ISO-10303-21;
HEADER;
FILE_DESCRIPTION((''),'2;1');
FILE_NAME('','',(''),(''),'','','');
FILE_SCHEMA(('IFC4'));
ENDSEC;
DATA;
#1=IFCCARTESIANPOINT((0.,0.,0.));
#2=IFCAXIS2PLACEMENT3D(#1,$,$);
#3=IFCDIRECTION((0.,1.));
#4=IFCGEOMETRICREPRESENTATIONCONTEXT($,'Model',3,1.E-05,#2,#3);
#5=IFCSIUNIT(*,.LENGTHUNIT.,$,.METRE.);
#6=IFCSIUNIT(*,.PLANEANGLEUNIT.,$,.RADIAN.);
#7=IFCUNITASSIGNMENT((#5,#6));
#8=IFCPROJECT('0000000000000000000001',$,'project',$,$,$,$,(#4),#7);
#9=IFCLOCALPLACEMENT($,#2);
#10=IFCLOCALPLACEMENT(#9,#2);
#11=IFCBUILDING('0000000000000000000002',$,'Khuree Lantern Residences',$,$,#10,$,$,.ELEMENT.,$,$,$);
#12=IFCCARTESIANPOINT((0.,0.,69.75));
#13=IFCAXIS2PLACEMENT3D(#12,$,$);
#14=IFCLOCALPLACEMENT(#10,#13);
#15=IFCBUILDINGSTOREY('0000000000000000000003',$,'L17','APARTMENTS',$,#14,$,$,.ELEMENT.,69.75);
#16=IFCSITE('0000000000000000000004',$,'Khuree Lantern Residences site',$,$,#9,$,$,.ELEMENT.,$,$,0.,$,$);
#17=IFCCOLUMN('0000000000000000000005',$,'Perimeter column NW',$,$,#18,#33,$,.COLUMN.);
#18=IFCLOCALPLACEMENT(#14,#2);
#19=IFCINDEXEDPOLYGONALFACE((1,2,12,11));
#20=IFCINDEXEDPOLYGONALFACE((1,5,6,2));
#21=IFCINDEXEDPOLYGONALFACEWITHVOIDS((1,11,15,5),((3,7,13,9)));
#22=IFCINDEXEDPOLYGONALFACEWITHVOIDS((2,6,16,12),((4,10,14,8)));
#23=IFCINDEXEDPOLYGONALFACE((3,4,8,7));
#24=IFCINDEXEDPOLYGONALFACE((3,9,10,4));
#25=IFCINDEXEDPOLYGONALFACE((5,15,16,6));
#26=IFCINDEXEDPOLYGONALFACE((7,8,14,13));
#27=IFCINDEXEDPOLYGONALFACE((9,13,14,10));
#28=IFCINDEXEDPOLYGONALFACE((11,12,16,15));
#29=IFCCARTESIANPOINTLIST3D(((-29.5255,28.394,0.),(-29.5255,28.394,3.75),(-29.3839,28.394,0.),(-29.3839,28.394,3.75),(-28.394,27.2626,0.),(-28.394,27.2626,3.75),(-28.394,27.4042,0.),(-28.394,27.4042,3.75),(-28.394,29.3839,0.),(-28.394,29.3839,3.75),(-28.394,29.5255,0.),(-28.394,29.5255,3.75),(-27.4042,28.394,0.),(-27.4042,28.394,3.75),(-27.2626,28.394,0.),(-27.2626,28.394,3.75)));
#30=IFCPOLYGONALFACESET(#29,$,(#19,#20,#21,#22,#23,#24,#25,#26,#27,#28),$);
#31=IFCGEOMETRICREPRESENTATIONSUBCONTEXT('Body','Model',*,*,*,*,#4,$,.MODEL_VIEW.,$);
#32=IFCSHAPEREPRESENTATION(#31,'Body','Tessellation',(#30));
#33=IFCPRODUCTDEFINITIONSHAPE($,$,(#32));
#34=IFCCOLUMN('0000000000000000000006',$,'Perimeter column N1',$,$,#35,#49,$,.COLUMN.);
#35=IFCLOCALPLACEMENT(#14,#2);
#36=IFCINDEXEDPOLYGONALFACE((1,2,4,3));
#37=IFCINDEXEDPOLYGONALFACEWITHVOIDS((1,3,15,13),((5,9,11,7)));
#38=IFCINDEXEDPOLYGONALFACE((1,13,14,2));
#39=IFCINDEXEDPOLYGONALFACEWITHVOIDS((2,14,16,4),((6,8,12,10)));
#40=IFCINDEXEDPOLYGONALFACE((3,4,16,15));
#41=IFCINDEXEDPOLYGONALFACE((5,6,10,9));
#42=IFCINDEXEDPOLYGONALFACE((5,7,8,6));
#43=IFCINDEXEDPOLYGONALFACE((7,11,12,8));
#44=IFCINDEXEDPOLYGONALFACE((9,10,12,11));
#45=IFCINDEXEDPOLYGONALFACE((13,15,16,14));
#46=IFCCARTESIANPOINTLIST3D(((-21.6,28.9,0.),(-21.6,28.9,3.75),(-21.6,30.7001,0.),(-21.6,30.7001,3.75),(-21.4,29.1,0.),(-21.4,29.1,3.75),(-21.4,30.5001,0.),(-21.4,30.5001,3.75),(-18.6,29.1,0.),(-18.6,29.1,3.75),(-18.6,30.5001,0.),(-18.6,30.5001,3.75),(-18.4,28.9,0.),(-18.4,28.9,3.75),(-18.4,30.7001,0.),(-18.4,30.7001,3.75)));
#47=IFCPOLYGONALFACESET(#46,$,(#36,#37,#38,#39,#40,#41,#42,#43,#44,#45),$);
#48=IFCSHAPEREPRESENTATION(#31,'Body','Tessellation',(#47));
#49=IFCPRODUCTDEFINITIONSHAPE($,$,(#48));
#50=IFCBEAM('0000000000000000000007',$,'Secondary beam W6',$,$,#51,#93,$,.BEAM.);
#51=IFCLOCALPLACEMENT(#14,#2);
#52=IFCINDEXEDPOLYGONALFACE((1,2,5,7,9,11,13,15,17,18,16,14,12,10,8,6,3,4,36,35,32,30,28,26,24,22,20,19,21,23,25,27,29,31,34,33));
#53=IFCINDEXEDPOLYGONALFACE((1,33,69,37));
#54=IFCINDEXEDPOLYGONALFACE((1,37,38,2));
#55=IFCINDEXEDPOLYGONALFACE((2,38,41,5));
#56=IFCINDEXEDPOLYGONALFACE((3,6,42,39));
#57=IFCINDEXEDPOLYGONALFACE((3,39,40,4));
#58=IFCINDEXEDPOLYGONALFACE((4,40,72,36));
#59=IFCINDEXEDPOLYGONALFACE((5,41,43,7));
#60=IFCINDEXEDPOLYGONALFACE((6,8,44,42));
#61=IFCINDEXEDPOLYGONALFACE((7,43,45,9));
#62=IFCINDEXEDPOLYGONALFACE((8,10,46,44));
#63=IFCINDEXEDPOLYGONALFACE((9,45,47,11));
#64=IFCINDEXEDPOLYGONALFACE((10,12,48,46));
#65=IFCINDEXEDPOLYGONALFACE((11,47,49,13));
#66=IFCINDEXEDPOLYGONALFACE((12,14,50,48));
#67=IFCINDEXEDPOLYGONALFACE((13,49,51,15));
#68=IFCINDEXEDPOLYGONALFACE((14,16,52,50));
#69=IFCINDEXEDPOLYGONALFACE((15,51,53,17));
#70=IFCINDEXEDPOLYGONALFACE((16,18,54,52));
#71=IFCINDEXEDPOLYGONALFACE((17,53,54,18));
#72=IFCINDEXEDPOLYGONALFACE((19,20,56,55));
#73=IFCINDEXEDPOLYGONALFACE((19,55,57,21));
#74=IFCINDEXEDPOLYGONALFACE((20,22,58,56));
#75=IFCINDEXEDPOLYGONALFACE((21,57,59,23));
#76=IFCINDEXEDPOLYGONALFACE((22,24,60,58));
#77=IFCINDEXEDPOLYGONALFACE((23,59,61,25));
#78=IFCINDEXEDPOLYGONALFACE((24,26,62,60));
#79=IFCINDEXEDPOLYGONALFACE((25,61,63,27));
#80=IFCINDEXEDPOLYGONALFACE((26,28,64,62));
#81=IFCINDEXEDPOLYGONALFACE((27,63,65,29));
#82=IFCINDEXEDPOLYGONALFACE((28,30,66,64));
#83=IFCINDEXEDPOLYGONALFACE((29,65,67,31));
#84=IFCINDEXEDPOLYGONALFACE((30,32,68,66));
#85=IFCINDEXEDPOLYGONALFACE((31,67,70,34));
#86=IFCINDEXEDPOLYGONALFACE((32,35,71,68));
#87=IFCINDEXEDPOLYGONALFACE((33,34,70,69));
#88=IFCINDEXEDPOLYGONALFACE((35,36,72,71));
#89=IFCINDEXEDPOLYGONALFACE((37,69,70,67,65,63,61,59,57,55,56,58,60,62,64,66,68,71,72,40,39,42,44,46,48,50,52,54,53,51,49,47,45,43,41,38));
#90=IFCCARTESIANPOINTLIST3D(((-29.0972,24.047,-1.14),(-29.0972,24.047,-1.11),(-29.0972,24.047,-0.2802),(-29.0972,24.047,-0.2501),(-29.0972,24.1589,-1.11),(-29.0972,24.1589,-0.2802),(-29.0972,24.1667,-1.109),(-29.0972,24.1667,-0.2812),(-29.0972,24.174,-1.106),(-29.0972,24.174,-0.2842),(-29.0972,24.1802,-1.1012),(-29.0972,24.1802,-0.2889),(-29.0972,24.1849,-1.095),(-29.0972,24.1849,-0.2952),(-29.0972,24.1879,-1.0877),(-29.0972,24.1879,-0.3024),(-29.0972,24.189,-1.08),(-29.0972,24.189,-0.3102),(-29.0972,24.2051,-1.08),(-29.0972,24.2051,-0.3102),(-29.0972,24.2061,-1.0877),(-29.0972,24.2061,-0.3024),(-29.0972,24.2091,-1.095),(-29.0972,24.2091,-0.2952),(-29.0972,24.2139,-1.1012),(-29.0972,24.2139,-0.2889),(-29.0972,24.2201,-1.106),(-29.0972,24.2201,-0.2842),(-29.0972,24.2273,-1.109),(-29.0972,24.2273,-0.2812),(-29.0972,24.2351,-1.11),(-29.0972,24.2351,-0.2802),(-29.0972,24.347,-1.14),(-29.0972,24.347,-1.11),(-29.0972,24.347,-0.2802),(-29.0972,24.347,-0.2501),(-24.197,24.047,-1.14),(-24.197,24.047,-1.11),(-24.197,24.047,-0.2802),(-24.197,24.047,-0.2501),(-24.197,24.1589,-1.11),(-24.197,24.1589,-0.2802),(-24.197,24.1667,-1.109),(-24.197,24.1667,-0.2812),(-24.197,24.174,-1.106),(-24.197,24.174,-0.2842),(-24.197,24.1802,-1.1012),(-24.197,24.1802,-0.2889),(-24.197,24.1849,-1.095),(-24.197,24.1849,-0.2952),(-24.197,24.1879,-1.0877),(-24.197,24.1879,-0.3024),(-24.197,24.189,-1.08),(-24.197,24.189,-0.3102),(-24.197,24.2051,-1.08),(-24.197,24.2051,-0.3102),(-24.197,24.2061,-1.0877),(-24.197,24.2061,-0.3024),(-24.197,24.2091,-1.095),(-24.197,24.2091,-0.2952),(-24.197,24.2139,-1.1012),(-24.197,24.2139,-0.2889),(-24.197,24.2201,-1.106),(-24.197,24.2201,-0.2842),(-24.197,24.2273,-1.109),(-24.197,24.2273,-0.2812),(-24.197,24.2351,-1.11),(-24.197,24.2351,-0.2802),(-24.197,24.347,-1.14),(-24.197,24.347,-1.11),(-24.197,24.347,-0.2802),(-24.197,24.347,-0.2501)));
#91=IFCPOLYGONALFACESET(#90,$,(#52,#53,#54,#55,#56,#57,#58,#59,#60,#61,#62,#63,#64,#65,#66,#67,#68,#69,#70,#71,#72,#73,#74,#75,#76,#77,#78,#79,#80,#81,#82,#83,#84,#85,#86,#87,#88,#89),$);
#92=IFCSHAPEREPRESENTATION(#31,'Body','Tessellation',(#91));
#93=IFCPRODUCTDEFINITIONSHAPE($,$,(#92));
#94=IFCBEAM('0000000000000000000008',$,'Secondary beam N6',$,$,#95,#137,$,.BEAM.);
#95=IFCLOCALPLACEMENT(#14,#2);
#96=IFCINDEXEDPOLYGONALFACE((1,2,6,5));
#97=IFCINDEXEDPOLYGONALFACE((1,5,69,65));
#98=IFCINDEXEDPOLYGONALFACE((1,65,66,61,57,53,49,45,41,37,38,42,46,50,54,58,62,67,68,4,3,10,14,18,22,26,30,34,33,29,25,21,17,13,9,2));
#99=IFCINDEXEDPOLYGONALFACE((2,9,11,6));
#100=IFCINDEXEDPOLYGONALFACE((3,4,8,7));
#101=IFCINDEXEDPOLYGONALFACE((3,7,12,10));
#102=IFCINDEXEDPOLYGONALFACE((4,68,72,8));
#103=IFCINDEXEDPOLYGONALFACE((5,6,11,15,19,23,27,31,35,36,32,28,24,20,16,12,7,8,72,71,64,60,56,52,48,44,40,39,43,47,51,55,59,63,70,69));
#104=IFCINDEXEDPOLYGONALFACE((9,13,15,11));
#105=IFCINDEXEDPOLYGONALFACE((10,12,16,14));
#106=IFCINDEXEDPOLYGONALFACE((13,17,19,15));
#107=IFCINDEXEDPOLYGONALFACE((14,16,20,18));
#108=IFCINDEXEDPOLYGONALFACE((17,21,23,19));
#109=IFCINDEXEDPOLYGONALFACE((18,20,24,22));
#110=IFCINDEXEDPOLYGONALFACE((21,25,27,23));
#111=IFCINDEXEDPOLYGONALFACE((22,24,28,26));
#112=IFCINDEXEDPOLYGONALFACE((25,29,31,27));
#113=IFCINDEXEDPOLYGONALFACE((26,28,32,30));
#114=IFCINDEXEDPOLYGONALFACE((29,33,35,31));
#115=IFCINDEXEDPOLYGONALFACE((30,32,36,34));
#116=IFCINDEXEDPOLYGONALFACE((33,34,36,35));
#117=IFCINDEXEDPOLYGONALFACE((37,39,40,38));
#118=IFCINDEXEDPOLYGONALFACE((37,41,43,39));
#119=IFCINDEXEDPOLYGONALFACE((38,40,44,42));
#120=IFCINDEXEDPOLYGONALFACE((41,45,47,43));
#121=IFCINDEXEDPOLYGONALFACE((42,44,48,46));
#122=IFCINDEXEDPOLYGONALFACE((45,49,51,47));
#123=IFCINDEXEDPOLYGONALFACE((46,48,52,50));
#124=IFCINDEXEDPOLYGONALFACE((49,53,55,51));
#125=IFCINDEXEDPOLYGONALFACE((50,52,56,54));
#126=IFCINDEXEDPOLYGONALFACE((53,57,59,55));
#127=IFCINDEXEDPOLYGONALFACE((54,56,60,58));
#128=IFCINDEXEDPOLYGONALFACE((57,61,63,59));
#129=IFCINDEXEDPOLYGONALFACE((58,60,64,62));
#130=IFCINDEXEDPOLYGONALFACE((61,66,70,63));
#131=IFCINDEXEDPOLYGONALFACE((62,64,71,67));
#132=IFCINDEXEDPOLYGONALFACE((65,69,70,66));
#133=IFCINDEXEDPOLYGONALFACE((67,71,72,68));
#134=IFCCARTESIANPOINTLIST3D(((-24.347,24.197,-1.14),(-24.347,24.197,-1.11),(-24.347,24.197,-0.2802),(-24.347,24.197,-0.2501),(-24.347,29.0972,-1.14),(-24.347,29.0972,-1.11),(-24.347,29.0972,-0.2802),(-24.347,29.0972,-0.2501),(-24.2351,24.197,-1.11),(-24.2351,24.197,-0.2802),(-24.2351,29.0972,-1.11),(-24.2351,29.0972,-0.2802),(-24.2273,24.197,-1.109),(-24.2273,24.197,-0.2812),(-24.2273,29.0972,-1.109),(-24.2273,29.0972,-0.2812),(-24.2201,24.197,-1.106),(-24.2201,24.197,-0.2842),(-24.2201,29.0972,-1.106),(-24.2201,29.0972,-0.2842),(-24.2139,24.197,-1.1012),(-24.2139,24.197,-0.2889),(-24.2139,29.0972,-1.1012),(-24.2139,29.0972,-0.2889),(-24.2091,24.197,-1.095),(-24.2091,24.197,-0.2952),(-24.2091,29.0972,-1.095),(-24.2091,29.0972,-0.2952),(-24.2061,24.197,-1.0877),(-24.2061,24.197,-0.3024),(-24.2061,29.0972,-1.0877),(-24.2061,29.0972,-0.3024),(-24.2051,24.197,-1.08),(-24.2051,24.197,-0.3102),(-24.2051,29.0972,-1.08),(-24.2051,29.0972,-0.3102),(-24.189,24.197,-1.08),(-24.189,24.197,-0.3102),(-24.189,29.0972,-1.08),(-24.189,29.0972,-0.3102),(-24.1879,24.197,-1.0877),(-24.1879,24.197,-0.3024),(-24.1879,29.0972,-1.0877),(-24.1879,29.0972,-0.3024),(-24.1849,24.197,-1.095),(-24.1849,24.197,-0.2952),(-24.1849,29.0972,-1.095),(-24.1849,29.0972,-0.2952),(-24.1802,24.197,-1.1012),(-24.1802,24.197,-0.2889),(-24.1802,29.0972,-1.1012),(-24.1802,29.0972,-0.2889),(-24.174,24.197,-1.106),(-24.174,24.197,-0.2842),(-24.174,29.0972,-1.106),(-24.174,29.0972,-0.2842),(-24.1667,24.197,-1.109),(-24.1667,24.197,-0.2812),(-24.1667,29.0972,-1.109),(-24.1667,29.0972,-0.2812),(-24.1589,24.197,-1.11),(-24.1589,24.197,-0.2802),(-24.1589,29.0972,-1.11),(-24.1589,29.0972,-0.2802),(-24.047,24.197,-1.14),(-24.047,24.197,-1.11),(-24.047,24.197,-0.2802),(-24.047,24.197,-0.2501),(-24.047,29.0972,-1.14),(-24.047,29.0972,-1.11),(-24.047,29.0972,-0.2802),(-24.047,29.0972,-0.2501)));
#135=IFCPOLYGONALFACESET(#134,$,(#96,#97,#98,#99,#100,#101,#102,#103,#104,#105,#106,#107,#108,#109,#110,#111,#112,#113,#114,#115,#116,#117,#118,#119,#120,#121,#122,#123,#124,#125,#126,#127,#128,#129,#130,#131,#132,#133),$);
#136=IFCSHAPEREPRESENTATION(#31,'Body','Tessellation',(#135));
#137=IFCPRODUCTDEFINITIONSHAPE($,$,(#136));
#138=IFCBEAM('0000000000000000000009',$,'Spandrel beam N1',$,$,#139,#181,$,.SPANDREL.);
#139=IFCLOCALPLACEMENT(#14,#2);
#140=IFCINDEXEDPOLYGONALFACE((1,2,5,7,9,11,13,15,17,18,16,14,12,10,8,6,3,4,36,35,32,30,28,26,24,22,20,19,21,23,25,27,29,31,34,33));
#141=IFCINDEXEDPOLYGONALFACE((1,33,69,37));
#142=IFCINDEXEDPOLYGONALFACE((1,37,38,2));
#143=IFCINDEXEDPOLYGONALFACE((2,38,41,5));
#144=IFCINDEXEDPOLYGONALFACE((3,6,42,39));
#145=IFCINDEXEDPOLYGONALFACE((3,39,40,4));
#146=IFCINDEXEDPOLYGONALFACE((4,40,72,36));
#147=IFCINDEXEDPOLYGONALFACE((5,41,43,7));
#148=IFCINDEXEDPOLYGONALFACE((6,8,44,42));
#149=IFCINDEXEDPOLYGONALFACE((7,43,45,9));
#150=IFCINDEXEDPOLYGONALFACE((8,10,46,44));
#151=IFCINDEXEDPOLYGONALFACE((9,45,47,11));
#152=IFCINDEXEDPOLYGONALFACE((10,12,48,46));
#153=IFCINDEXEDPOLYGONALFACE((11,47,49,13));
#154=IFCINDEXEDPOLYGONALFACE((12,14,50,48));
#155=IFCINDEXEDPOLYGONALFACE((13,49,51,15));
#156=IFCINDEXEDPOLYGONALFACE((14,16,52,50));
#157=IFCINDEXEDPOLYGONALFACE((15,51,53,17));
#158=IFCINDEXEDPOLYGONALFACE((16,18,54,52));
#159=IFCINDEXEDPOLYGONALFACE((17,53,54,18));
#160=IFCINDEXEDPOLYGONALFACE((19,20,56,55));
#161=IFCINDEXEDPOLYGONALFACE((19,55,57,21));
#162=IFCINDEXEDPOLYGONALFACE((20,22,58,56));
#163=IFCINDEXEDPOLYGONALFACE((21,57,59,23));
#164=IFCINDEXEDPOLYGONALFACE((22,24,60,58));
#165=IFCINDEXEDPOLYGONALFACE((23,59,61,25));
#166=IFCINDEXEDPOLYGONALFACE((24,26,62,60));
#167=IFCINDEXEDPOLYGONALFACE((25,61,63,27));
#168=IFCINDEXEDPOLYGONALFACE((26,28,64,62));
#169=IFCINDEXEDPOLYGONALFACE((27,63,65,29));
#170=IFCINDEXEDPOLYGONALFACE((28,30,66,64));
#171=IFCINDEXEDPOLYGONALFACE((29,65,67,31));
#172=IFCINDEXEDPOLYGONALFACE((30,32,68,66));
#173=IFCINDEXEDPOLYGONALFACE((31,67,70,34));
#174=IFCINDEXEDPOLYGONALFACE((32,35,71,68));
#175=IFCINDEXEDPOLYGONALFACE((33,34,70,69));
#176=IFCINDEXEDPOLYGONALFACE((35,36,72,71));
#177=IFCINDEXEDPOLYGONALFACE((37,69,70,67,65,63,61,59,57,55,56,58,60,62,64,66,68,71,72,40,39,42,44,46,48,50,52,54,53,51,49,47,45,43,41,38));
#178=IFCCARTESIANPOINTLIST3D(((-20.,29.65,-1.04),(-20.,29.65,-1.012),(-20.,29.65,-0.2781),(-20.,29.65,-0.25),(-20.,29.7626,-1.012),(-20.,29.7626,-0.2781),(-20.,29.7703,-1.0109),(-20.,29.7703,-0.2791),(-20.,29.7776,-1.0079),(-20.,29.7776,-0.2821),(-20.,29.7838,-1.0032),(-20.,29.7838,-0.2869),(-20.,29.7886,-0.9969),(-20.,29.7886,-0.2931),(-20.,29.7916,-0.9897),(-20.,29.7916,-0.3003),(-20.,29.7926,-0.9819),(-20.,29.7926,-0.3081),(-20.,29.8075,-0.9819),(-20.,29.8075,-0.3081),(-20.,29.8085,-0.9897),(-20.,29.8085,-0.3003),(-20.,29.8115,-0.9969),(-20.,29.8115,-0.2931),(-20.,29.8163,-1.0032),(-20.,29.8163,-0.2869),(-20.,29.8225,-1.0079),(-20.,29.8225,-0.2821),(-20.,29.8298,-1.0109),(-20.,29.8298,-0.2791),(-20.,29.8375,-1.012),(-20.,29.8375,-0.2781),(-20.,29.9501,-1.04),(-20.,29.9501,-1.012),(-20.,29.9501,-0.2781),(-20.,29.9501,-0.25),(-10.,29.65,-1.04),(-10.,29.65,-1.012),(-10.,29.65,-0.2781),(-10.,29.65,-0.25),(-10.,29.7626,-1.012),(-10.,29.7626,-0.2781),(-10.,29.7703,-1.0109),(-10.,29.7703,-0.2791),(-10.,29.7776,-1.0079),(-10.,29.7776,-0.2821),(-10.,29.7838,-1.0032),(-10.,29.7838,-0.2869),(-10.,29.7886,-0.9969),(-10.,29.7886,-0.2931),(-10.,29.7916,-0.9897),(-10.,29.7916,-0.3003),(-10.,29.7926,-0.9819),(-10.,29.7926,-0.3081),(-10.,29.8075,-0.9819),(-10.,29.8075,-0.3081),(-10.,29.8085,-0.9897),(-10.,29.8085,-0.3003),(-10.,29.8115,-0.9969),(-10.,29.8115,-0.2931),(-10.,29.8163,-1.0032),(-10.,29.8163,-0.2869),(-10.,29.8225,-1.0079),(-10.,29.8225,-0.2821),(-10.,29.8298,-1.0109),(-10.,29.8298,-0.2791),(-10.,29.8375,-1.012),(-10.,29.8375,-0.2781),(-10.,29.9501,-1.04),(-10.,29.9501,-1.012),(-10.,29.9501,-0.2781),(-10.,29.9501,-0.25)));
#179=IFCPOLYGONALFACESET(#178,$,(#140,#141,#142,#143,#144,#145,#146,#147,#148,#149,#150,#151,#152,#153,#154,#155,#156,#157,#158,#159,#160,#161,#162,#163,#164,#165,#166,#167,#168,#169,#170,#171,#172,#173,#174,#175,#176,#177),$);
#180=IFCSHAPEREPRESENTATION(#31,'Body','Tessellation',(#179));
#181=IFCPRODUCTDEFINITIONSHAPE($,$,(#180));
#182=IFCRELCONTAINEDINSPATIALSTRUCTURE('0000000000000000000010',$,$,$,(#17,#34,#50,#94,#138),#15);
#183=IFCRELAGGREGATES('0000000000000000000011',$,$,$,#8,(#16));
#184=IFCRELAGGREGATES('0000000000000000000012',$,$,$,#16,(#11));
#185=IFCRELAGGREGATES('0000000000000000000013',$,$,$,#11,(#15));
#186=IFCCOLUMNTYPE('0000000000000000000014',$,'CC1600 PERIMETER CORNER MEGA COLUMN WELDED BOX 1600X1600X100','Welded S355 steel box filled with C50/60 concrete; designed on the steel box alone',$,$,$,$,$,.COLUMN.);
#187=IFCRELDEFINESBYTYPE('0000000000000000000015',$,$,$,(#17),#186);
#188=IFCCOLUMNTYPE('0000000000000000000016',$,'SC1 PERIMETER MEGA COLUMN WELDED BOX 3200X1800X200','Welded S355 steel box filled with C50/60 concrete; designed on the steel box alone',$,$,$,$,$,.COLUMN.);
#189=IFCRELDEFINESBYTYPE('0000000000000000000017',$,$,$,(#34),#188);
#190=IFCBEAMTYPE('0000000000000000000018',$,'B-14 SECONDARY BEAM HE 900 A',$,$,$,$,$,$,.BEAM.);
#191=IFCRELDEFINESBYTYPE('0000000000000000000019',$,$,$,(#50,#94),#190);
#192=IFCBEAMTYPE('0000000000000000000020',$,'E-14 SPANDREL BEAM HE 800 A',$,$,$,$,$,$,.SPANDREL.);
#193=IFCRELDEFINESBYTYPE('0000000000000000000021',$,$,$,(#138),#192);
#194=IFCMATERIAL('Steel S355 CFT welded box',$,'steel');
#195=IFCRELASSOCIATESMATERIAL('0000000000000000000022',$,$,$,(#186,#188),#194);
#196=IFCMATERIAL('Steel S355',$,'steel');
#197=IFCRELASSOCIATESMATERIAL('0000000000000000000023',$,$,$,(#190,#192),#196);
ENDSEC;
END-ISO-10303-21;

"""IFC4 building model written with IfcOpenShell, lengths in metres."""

from ifc_helpers import new_model, si_unit, direction, frame, origin, origin_2d, place, context, subcontext, project, spatial, hollow_rectangle, i_section, extrude, material, material_profile, profile_set, type_object, element, save


model = new_model("IFC4")

# Units and contexts
model_context = context("Model", 3, precision=1e-05, world=origin(), true_north=direction((0.0, 1.0)))
body_context = subcontext(model_context, "Body", "Model", "MODEL_VIEW")
ifc_project = project(units=[si_unit("LENGTHUNIT", "METRE"), si_unit("PLANEANGLEUNIT", "RADIAN")], contexts=[model_context])

# Site, building, storey
site_placement = place(None, origin())
site = spatial("IfcSite", under=ifc_project, at=site_placement, Name="Khuree Lantern Residences site", CompositionType="ELEMENT", RefElevation=0.0)
building_placement = place(site_placement, origin())
building = spatial("IfcBuilding", under=site, at=building_placement, Name="Khuree Lantern Residences", CompositionType="ELEMENT")
storey_placement = place(building_placement, frame((0.0, 0.0, 69.75)))
storey = spatial("IfcBuildingStorey", under=building, at=storey_placement, Name="L17", Description="APARTMENTS", CompositionType="ELEMENT", Elevation=69.75)

# Columns
ifc_material_1 = material(Name="Steel S355 CFT welded box", Category="steel")
ifc_material_profile_1 = material_profile(ifc_material_1, hollow_rectangle(XDim=1.6001, YDim=1.6001, WallThickness=0.1001, at=origin_2d()), Name="WELDED BOX 1600X1600X100")
ifc_profile_set_1 = profile_set([ifc_material_profile_1], Name="Steel S355 CFT welded box")
column_type_1 = type_object("IfcColumnType", Name="CC1600 PERIMETER CORNER MEGA COLUMN WELDED BOX 1600X1600X100", Description="Welded S355 steel box filled with C50/60 concrete; designed on the steel box alone", PredefinedType="COLUMN", material=ifc_profile_set_1)
column_1_placement = place(storey_placement, frame((-28.394, 28.394, 0.0), z_axis=(0.0, 0.0, 1.0), x_axis=(0.707107, 0.707107, 0.0)))
element("IfcColumn", 1, at=column_1_placement, inside=storey, type_object=column_type_1, Name="Perimeter column NW", PredefinedType="COLUMN", context=body_context, shape_type="SweptSolid", body=[
    extrude(hollow_rectangle(XDim=1.6001, YDim=1.6001, WallThickness=0.1001, at=origin_2d()), origin(), (0.0, 0.0, 1.0), 3.75),
])
ifc_material_profile_2 = material_profile(ifc_material_1, hollow_rectangle(XDim=3.2, YDim=1.8, WallThickness=0.2, at=origin_2d()), Name="WELDED BOX 3200X1800X200")
ifc_profile_set_2 = profile_set([ifc_material_profile_2], Name="Steel S355 CFT welded box")
column_type_2 = type_object("IfcColumnType", Name="SC1 PERIMETER MEGA COLUMN WELDED BOX 3200X1800X200", Description="Welded S355 steel box filled with C50/60 concrete; designed on the steel box alone", PredefinedType="COLUMN", material=ifc_profile_set_2)
column_2_placement = place(storey_placement, frame((-20.0, 29.8, 0.0), z_axis=(0.0, 0.0, 1.0), x_axis=(1.0, 0.0, 0.0)))
element("IfcColumn", 2, at=column_2_placement, inside=storey, type_object=column_type_2, Name="Perimeter column N1", PredefinedType="COLUMN", context=body_context, shape_type="SweptSolid", body=[
    extrude(hollow_rectangle(XDim=3.2, YDim=1.8, WallThickness=0.2, at=origin_2d()), origin(), (0.0, 0.0, 1.0), 3.75),
])

# Beams
ifc_material_2 = material(Name="Steel S355", Category="steel")
ifc_material_profile_3 = material_profile(ifc_material_2, i_section(OverallWidth=0.3, OverallDepth=0.8899, WebThickness=0.0161, FlangeThickness=0.03, FilletRadius=0.03, at=origin_2d()), Name="HE 900 A")
ifc_profile_set_3 = profile_set([ifc_material_profile_3], Name="Steel S355")
beam_type_1 = type_object("IfcBeamType", Name="B-14 SECONDARY BEAM HE 900 A", PredefinedType="BEAM", material=ifc_profile_set_3)
for number, where, z_axis, x_axis, name in (
    (3, (-29.0972, 24.197, -0.6951), (1.0, 0.0, 0.0), (0.0, 1.0, 0.0), "Secondary beam W6"),
    (4, (-24.197, 29.0972, -0.6951), (0.0, -1.0, 0.0), (1.0, 0.0, 0.0), "Secondary beam N6"),
):
    element("IfcBeam", number, at=place(storey_placement, frame(where, z_axis=z_axis, x_axis=x_axis)), inside=storey, type_object=beam_type_1, Name=name, PredefinedType="BEAM", context=body_context, shape_type="SweptSolid", body=[
        extrude(i_section(OverallWidth=0.3, OverallDepth=0.8899, WebThickness=0.0161, FlangeThickness=0.03, FilletRadius=0.03, at=origin_2d()), origin(), (0.0, 0.0, 1.0), 4.9001),
    ])
ifc_material_profile_4 = material_profile(ifc_material_2, i_section(OverallWidth=0.3, OverallDepth=0.79, WebThickness=0.0149, FlangeThickness=0.0281, FilletRadius=0.03, at=origin_2d()), Name="HE 800 A")
ifc_profile_set_4 = profile_set([ifc_material_profile_4], Name="Steel S355")
beam_type_2 = type_object("IfcBeamType", Name="E-14 SPANDREL BEAM HE 800 A", PredefinedType="SPANDREL", material=ifc_profile_set_4)
beam_1_placement = place(storey_placement, frame((-20.0, 29.8, -0.645), z_axis=(1.0, 0.0, 0.0), x_axis=(0.0, 1.0, 0.0)))
element("IfcBeam", 5, at=beam_1_placement, inside=storey, type_object=beam_type_2, Name="Spandrel beam N1", PredefinedType="SPANDREL", context=body_context, shape_type="SweptSolid", body=[
    extrude(i_section(OverallWidth=0.3, OverallDepth=0.79, WebThickness=0.0149, FlangeThickness=0.0281, FilletRadius=0.03, at=origin_2d()), origin(), (0.0, 0.0, 1.0), 10.0),
])

save(model, "model.ifc")
